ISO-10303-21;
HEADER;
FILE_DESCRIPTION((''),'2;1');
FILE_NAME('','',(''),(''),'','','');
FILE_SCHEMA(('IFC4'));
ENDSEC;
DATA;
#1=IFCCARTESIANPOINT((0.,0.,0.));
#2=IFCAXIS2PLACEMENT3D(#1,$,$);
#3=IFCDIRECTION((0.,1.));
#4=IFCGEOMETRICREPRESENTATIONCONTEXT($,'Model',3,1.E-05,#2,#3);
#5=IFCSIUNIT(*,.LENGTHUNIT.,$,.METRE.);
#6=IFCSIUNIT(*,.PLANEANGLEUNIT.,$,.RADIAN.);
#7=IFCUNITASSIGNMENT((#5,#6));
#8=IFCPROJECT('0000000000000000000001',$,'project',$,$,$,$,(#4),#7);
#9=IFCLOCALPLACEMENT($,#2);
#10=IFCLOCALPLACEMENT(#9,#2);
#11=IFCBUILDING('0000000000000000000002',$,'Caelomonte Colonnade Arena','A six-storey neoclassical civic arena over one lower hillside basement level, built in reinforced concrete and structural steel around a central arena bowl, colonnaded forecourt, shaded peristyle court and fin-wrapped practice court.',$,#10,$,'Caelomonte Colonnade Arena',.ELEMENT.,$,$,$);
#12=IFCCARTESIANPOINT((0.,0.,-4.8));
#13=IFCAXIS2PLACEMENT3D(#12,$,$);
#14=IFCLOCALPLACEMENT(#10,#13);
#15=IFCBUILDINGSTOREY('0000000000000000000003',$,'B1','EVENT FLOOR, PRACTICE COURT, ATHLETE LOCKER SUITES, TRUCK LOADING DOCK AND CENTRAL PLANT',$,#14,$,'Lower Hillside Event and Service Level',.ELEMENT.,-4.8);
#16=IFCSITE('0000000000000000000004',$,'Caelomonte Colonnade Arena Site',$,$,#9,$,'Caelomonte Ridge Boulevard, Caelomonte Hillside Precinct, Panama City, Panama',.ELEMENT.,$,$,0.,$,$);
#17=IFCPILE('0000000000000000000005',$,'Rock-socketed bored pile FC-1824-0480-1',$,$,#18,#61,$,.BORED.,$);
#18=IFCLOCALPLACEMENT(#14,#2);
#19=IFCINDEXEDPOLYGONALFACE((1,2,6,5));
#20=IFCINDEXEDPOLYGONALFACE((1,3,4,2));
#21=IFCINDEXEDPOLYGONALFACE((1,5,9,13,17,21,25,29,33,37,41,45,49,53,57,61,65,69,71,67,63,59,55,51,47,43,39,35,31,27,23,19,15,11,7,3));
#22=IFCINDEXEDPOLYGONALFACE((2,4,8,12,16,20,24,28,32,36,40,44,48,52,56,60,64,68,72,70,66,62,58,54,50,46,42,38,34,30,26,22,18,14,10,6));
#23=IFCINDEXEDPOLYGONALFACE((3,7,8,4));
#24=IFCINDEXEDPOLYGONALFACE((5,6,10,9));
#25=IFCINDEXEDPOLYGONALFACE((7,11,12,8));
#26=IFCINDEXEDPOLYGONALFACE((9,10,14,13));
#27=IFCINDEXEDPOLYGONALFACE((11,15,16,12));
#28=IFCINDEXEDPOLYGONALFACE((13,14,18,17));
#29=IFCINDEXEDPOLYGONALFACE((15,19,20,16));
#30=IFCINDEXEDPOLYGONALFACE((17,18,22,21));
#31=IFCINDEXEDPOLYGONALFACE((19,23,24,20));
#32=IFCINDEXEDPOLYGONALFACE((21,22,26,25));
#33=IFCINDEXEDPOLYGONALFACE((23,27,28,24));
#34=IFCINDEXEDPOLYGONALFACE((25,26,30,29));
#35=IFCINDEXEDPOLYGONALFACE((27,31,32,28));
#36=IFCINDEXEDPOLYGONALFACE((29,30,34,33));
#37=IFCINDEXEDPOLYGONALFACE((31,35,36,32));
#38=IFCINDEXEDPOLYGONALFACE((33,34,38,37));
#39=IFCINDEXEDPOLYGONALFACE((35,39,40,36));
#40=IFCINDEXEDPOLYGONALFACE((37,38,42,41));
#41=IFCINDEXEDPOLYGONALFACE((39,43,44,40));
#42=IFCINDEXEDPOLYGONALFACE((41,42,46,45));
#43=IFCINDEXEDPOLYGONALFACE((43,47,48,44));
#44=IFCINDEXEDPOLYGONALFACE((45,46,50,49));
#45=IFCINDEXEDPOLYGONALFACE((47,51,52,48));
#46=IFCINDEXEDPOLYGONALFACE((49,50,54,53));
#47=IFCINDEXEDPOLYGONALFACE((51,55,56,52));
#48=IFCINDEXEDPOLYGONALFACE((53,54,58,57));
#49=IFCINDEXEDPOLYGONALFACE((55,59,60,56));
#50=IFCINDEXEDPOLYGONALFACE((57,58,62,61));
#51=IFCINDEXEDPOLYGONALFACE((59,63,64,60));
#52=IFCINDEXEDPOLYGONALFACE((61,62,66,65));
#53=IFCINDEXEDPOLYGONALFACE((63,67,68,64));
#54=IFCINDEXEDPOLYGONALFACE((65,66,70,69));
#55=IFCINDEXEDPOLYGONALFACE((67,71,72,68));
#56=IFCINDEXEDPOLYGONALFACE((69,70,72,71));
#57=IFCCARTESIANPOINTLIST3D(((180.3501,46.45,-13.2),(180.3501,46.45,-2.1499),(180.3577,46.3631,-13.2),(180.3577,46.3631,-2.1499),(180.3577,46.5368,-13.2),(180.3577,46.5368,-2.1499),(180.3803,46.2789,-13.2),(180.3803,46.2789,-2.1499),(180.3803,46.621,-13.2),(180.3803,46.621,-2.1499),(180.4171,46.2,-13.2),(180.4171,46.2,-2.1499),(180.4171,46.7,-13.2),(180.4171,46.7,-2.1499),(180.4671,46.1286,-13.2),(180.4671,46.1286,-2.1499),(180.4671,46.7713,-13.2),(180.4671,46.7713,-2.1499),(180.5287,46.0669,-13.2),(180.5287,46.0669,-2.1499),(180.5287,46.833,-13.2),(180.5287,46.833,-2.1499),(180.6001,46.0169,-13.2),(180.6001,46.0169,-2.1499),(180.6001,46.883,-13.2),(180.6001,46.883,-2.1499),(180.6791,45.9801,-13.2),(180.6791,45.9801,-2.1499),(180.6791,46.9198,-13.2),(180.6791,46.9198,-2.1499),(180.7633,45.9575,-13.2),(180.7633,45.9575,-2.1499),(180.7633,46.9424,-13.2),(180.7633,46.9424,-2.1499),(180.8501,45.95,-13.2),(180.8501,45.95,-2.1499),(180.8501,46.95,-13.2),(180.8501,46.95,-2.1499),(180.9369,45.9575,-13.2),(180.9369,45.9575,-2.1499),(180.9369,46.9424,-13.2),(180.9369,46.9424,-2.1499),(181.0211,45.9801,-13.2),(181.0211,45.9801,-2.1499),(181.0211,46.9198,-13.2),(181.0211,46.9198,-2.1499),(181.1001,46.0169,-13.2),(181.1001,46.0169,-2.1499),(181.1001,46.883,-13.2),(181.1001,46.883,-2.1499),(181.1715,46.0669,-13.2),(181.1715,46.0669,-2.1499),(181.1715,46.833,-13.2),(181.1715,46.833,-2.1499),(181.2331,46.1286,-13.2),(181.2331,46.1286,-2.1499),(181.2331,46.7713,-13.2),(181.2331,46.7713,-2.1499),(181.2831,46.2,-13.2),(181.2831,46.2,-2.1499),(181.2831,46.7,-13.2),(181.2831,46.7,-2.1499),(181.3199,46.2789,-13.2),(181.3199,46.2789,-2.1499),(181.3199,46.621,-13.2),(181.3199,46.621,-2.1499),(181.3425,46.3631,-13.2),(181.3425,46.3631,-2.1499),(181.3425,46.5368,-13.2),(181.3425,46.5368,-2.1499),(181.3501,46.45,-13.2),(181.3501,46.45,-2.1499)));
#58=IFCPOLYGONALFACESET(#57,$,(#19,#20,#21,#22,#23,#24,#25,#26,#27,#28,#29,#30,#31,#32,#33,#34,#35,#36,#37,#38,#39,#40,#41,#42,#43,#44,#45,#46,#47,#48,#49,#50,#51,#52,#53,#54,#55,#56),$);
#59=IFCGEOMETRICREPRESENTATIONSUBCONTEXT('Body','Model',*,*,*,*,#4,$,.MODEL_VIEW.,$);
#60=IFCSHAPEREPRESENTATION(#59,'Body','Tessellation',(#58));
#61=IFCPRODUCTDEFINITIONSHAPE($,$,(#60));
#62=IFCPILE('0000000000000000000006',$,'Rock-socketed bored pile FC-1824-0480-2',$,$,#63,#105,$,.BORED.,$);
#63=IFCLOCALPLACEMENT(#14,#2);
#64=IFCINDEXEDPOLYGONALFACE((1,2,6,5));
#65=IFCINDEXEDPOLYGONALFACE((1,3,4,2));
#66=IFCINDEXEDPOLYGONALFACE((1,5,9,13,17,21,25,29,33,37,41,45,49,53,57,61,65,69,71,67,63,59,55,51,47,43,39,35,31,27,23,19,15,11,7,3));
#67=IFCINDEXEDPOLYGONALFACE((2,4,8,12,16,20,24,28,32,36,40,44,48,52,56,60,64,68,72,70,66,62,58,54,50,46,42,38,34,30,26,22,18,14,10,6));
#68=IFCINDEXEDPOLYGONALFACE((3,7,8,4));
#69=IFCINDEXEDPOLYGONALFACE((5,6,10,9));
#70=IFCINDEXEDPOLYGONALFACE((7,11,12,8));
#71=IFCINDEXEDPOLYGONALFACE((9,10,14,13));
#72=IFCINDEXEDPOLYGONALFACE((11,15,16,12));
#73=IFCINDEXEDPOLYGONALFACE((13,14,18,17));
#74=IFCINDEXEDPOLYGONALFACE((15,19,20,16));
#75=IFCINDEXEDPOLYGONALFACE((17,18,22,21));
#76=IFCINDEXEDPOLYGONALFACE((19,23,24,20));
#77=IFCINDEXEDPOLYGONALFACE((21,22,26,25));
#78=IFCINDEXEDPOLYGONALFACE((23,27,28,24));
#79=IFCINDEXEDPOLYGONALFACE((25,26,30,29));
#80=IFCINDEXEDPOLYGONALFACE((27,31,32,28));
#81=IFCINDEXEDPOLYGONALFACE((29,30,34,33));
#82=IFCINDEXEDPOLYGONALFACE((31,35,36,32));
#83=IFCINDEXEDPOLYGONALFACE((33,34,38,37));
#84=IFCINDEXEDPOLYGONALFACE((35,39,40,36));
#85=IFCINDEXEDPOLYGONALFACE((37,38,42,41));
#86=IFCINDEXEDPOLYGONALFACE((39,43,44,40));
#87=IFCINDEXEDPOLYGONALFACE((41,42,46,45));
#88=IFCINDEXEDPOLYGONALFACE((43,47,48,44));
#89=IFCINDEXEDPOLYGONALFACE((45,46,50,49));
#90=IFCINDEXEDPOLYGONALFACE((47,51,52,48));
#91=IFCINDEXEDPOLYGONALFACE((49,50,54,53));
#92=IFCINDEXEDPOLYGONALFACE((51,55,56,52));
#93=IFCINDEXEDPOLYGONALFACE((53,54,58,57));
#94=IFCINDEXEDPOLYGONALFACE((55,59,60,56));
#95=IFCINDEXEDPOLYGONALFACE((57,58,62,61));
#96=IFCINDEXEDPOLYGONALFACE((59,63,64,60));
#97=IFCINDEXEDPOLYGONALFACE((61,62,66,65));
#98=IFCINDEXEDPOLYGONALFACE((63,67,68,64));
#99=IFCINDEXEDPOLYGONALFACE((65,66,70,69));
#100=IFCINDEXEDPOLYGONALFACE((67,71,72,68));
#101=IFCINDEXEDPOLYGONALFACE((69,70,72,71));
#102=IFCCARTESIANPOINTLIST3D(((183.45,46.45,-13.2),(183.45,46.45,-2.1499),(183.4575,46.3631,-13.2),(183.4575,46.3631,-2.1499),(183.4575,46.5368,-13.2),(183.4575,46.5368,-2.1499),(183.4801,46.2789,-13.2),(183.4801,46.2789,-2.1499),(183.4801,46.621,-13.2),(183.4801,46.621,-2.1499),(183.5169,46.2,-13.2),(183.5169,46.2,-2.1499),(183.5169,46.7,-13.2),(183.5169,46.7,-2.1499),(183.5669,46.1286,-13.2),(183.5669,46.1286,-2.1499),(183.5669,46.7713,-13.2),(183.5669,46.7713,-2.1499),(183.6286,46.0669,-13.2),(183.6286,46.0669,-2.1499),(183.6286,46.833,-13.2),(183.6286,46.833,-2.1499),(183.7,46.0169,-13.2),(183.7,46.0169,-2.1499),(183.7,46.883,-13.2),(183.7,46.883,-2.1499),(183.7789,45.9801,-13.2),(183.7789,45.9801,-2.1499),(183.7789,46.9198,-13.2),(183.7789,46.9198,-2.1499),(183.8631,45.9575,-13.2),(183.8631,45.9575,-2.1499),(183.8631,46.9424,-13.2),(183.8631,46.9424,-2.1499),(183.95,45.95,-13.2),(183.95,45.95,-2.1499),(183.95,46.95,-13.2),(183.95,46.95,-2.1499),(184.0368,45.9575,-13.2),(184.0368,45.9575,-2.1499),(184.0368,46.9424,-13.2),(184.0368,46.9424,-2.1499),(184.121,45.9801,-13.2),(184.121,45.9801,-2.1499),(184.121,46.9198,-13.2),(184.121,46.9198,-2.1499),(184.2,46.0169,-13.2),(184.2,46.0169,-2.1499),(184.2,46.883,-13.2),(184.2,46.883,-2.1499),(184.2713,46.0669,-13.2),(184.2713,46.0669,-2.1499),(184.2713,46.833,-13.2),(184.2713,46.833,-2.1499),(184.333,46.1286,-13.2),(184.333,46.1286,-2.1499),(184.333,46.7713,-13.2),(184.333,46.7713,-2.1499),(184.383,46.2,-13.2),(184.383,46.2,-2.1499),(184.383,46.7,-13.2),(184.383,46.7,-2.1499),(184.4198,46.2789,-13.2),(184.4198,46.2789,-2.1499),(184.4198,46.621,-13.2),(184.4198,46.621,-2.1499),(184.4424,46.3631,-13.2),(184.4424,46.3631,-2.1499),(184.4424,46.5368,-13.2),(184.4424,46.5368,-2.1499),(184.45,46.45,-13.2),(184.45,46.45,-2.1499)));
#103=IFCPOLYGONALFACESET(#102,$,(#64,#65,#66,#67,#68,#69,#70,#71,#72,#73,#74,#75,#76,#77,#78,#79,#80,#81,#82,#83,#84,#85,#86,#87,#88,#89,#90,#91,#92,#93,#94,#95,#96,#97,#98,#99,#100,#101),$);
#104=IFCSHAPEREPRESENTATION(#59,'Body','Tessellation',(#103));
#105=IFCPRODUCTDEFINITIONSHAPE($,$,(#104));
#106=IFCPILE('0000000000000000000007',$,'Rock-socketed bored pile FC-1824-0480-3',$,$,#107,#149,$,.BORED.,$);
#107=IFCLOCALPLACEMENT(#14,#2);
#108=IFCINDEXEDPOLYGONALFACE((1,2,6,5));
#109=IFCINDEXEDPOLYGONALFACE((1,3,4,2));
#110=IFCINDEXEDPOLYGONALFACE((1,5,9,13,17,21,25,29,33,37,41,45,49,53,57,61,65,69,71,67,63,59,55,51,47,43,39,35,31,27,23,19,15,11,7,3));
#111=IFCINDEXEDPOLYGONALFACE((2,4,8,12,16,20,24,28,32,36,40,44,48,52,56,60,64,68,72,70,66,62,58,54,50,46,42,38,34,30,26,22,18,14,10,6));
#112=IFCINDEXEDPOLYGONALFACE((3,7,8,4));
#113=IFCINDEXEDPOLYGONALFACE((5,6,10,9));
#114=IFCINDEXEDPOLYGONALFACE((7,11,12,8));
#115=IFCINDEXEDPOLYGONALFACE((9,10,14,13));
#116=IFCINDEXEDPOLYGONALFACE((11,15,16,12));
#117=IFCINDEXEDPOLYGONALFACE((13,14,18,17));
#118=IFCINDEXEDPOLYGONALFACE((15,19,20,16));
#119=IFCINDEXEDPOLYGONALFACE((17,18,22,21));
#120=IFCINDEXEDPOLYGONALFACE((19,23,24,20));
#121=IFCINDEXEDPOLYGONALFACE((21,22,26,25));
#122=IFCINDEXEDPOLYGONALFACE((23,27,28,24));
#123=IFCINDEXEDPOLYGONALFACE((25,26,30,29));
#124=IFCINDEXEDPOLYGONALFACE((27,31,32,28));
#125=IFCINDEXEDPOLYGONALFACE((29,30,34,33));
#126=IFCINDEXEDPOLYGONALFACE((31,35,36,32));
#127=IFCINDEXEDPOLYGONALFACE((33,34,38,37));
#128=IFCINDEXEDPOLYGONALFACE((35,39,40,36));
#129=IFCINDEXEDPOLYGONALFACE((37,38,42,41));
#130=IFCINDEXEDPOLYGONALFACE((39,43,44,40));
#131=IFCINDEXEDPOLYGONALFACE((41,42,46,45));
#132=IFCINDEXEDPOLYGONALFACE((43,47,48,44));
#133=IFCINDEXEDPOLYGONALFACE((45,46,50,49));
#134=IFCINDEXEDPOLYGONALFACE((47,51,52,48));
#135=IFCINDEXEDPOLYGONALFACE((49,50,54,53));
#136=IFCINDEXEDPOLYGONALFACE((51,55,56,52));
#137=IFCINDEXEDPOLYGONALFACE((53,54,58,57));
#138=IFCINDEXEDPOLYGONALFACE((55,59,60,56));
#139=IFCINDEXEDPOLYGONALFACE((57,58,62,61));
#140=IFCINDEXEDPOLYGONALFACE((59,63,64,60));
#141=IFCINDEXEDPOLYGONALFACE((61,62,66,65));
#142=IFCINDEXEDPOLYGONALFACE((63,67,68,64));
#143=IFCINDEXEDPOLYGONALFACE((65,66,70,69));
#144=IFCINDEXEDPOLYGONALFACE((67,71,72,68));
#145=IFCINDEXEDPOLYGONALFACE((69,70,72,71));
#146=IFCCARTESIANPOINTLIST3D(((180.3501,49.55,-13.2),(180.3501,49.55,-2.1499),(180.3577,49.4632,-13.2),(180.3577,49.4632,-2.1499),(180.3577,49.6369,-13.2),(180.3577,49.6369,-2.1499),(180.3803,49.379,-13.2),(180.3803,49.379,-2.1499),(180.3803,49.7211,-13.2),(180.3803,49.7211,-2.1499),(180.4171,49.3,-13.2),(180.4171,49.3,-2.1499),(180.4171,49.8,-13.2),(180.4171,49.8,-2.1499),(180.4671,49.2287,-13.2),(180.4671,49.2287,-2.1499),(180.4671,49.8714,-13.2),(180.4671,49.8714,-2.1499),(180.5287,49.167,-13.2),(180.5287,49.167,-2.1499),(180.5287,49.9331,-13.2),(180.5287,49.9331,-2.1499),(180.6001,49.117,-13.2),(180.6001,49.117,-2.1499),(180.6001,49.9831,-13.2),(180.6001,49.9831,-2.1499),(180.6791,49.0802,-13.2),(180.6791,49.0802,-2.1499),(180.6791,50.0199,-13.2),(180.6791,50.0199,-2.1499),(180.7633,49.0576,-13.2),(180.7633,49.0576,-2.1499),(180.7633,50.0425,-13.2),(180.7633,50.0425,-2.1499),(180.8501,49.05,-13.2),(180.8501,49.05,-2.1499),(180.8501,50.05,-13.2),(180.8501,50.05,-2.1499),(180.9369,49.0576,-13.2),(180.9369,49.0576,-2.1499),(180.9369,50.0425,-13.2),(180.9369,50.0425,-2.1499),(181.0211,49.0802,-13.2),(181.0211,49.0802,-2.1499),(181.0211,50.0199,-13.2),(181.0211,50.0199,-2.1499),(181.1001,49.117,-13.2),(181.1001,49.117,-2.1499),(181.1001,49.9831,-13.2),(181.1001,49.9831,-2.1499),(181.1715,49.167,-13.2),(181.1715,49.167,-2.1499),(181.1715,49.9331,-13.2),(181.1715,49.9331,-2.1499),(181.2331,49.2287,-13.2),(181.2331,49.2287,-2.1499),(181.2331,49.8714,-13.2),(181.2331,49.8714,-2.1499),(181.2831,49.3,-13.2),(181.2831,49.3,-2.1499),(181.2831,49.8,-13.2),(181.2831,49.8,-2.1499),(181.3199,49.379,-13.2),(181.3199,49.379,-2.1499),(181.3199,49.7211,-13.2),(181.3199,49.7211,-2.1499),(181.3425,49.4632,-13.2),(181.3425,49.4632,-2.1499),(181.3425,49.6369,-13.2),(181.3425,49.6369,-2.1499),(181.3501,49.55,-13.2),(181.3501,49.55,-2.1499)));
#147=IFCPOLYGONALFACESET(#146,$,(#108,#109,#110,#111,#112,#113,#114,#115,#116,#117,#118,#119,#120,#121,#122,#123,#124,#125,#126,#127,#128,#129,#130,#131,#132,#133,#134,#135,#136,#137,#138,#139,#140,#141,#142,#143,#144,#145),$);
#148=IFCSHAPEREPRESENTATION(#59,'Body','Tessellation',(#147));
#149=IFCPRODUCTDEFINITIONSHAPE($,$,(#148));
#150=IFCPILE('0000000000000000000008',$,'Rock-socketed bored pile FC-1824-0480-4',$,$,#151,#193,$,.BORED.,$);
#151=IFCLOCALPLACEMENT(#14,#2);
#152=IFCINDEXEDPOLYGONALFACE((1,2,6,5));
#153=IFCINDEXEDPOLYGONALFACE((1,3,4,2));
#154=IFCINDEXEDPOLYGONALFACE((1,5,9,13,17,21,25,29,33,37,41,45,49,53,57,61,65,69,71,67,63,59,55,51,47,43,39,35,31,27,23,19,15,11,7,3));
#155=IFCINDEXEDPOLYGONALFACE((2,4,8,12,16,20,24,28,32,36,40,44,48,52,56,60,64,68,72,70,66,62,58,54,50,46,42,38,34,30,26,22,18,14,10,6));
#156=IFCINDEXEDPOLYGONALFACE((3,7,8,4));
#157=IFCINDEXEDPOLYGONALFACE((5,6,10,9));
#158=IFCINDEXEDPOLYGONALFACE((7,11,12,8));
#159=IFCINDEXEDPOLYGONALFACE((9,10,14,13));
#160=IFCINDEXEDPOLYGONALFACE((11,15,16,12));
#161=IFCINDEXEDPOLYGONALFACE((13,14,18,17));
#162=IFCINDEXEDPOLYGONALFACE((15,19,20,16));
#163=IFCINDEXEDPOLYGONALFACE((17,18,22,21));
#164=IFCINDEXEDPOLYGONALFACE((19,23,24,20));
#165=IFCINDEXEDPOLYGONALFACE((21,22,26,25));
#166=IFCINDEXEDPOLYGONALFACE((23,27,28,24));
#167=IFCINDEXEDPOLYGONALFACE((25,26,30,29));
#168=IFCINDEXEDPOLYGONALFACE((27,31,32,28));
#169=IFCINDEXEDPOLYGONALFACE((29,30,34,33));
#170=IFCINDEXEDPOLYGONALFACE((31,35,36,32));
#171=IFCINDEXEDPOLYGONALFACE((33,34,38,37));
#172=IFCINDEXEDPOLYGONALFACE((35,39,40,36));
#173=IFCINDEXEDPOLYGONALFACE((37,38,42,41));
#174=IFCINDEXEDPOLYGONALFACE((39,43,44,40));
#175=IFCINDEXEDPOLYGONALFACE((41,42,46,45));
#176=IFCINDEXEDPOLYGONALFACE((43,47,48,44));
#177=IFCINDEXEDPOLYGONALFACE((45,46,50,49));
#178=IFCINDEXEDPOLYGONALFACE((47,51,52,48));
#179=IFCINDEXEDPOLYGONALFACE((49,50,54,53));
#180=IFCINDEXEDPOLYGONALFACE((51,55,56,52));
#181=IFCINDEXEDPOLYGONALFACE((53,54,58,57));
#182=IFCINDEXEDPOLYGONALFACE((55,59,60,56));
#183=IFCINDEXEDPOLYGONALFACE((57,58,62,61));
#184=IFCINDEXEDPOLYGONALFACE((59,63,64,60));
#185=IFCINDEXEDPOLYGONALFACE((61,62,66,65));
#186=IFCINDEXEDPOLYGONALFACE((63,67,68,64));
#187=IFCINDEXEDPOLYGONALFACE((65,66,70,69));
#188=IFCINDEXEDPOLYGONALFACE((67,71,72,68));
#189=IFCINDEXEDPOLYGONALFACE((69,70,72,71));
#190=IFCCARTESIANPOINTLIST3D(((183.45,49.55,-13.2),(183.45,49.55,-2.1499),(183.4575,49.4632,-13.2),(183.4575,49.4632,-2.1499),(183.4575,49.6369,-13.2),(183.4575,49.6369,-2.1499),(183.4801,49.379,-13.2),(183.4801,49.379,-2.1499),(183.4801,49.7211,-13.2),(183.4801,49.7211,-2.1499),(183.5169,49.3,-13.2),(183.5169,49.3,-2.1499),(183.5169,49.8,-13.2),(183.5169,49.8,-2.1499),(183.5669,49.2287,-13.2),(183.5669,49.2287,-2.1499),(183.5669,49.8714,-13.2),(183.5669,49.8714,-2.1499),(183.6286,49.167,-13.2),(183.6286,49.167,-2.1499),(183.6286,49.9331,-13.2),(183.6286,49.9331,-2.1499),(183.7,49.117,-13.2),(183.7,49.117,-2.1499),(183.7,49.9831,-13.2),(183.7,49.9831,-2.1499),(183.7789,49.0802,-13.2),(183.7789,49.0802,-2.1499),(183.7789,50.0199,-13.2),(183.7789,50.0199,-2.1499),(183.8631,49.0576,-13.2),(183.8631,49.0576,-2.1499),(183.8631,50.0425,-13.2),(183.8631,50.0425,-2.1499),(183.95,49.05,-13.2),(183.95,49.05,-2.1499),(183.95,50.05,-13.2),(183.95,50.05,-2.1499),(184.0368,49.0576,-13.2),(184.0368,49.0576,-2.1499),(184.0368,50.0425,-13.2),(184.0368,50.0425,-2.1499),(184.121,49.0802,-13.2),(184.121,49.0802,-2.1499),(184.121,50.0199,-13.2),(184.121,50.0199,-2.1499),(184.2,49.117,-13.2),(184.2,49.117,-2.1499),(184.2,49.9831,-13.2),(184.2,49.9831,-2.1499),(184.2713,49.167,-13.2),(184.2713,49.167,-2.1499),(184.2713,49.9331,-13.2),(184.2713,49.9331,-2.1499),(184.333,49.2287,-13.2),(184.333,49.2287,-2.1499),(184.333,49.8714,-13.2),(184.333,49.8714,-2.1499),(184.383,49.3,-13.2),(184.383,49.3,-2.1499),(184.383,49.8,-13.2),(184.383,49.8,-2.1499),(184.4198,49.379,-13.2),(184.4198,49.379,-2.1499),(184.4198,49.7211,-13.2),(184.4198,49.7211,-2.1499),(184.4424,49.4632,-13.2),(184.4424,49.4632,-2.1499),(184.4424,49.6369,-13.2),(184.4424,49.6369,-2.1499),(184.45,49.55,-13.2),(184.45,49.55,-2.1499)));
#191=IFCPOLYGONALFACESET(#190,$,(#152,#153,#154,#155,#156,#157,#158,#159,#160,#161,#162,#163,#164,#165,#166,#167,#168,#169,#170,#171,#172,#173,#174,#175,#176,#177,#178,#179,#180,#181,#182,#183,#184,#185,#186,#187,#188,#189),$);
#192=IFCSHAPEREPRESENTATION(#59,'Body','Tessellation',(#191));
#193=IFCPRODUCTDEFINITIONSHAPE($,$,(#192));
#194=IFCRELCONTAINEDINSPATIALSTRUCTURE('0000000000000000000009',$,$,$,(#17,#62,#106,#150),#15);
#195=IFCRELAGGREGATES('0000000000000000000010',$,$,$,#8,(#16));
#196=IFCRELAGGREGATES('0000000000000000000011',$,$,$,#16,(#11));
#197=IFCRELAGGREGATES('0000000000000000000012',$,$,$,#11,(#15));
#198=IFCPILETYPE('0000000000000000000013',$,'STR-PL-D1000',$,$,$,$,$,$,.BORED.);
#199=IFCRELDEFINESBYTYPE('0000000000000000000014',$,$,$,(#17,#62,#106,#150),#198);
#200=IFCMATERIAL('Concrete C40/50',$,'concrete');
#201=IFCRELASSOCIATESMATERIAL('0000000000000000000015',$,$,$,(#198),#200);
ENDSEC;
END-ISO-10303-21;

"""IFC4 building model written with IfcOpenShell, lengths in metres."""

from ifc_helpers import new_model, si_unit, direction, frame, origin, origin_2d, place, context, subcontext, project, spatial, circle, extrude, material, material_profile, profile_set, type_object, element, save


model = new_model("IFC4")

# Units and contexts
model_context = context("Model", 3, precision=1e-05, world=origin(), true_north=direction((0.0, 1.0)))
body_context = subcontext(model_context, "Body", "Model", "MODEL_VIEW")
ifc_project = project(units=[si_unit("LENGTHUNIT", "METRE"), si_unit("PLANEANGLEUNIT", "RADIAN")], contexts=[model_context])

# Site, building, storey
site_placement = place(None, origin())
site = spatial("IfcSite", under=ifc_project, at=site_placement, Name="Caelomonte Colonnade Arena Site", LongName="Caelomonte Ridge Boulevard, Caelomonte Hillside Precinct, Panama City, Panama", CompositionType="ELEMENT", RefElevation=0.0)
building_placement = place(site_placement, origin())
building = spatial("IfcBuilding", under=site, at=building_placement, Name="Caelomonte Colonnade Arena", Description="A six-storey neoclassical civic arena over one lower hillside basement level, built in reinforced concrete and structural steel around a central arena bowl, colonnaded forecourt, shaded peristyle court and fin-wrapped practice court.", LongName="Caelomonte Colonnade Arena", CompositionType="ELEMENT")
storey_placement = place(building_placement, frame((0.0, 0.0, -4.8)))
storey = spatial("IfcBuildingStorey", under=building, at=storey_placement, Name="B1", Description="EVENT FLOOR, PRACTICE COURT, ATHLETE LOCKER SUITES, TRUCK LOADING DOCK AND CENTRAL PLANT", LongName="Lower Hillside Event and Service Level", CompositionType="ELEMENT", Elevation=-4.8)

# Shared definitions
ifc_material_1 = material(Name="Concrete C40/50", Category="concrete")

# Piles
ifc_material_profile_1 = material_profile(ifc_material_1, circle(Radius=0.5, at=origin_2d()), Name="PILE-D1000")
ifc_profile_set_1 = profile_set([ifc_material_profile_1], Name="Concrete C40/50")
pile_type = type_object("IfcPileType", Name="STR-PL-D1000", PredefinedType="BORED", material=ifc_profile_set_1)
for number, where, z_axis, x_axis, name in (
    (1, (180.8501, 46.45, -2.1499), (0.0, 0.0, -1.0), (1.0, 0.0, 0.0), "Rock-socketed bored pile FC-1824-0480-1"),
    (2, (183.95, 46.45, -2.1499), (0.0, 0.0, -1.0), (1.0, 0.0, 0.0), "Rock-socketed bored pile FC-1824-0480-2"),
    (3, (180.8501, 49.55, -2.1499), (0.0, 0.0, -1.0), (1.0, 0.0, 0.0), "Rock-socketed bored pile FC-1824-0480-3"),
    (4, (183.95, 49.55, -2.1499), (0.0, 0.0, -1.0), (1.0, 0.0, 0.0), "Rock-socketed bored pile FC-1824-0480-4"),
):
    element("IfcPile", number, at=place(storey_placement, frame(where, z_axis=z_axis, x_axis=x_axis)), inside=storey, type_object=pile_type, Name=name, PredefinedType="BORED", context=body_context, shape_type="SweptSolid", body=[
        extrude(circle(Radius=0.5, at=origin_2d()), origin(), (0.0, 0.0, 1.0), 11.05),
    ])

save(model, "model.ifc")
